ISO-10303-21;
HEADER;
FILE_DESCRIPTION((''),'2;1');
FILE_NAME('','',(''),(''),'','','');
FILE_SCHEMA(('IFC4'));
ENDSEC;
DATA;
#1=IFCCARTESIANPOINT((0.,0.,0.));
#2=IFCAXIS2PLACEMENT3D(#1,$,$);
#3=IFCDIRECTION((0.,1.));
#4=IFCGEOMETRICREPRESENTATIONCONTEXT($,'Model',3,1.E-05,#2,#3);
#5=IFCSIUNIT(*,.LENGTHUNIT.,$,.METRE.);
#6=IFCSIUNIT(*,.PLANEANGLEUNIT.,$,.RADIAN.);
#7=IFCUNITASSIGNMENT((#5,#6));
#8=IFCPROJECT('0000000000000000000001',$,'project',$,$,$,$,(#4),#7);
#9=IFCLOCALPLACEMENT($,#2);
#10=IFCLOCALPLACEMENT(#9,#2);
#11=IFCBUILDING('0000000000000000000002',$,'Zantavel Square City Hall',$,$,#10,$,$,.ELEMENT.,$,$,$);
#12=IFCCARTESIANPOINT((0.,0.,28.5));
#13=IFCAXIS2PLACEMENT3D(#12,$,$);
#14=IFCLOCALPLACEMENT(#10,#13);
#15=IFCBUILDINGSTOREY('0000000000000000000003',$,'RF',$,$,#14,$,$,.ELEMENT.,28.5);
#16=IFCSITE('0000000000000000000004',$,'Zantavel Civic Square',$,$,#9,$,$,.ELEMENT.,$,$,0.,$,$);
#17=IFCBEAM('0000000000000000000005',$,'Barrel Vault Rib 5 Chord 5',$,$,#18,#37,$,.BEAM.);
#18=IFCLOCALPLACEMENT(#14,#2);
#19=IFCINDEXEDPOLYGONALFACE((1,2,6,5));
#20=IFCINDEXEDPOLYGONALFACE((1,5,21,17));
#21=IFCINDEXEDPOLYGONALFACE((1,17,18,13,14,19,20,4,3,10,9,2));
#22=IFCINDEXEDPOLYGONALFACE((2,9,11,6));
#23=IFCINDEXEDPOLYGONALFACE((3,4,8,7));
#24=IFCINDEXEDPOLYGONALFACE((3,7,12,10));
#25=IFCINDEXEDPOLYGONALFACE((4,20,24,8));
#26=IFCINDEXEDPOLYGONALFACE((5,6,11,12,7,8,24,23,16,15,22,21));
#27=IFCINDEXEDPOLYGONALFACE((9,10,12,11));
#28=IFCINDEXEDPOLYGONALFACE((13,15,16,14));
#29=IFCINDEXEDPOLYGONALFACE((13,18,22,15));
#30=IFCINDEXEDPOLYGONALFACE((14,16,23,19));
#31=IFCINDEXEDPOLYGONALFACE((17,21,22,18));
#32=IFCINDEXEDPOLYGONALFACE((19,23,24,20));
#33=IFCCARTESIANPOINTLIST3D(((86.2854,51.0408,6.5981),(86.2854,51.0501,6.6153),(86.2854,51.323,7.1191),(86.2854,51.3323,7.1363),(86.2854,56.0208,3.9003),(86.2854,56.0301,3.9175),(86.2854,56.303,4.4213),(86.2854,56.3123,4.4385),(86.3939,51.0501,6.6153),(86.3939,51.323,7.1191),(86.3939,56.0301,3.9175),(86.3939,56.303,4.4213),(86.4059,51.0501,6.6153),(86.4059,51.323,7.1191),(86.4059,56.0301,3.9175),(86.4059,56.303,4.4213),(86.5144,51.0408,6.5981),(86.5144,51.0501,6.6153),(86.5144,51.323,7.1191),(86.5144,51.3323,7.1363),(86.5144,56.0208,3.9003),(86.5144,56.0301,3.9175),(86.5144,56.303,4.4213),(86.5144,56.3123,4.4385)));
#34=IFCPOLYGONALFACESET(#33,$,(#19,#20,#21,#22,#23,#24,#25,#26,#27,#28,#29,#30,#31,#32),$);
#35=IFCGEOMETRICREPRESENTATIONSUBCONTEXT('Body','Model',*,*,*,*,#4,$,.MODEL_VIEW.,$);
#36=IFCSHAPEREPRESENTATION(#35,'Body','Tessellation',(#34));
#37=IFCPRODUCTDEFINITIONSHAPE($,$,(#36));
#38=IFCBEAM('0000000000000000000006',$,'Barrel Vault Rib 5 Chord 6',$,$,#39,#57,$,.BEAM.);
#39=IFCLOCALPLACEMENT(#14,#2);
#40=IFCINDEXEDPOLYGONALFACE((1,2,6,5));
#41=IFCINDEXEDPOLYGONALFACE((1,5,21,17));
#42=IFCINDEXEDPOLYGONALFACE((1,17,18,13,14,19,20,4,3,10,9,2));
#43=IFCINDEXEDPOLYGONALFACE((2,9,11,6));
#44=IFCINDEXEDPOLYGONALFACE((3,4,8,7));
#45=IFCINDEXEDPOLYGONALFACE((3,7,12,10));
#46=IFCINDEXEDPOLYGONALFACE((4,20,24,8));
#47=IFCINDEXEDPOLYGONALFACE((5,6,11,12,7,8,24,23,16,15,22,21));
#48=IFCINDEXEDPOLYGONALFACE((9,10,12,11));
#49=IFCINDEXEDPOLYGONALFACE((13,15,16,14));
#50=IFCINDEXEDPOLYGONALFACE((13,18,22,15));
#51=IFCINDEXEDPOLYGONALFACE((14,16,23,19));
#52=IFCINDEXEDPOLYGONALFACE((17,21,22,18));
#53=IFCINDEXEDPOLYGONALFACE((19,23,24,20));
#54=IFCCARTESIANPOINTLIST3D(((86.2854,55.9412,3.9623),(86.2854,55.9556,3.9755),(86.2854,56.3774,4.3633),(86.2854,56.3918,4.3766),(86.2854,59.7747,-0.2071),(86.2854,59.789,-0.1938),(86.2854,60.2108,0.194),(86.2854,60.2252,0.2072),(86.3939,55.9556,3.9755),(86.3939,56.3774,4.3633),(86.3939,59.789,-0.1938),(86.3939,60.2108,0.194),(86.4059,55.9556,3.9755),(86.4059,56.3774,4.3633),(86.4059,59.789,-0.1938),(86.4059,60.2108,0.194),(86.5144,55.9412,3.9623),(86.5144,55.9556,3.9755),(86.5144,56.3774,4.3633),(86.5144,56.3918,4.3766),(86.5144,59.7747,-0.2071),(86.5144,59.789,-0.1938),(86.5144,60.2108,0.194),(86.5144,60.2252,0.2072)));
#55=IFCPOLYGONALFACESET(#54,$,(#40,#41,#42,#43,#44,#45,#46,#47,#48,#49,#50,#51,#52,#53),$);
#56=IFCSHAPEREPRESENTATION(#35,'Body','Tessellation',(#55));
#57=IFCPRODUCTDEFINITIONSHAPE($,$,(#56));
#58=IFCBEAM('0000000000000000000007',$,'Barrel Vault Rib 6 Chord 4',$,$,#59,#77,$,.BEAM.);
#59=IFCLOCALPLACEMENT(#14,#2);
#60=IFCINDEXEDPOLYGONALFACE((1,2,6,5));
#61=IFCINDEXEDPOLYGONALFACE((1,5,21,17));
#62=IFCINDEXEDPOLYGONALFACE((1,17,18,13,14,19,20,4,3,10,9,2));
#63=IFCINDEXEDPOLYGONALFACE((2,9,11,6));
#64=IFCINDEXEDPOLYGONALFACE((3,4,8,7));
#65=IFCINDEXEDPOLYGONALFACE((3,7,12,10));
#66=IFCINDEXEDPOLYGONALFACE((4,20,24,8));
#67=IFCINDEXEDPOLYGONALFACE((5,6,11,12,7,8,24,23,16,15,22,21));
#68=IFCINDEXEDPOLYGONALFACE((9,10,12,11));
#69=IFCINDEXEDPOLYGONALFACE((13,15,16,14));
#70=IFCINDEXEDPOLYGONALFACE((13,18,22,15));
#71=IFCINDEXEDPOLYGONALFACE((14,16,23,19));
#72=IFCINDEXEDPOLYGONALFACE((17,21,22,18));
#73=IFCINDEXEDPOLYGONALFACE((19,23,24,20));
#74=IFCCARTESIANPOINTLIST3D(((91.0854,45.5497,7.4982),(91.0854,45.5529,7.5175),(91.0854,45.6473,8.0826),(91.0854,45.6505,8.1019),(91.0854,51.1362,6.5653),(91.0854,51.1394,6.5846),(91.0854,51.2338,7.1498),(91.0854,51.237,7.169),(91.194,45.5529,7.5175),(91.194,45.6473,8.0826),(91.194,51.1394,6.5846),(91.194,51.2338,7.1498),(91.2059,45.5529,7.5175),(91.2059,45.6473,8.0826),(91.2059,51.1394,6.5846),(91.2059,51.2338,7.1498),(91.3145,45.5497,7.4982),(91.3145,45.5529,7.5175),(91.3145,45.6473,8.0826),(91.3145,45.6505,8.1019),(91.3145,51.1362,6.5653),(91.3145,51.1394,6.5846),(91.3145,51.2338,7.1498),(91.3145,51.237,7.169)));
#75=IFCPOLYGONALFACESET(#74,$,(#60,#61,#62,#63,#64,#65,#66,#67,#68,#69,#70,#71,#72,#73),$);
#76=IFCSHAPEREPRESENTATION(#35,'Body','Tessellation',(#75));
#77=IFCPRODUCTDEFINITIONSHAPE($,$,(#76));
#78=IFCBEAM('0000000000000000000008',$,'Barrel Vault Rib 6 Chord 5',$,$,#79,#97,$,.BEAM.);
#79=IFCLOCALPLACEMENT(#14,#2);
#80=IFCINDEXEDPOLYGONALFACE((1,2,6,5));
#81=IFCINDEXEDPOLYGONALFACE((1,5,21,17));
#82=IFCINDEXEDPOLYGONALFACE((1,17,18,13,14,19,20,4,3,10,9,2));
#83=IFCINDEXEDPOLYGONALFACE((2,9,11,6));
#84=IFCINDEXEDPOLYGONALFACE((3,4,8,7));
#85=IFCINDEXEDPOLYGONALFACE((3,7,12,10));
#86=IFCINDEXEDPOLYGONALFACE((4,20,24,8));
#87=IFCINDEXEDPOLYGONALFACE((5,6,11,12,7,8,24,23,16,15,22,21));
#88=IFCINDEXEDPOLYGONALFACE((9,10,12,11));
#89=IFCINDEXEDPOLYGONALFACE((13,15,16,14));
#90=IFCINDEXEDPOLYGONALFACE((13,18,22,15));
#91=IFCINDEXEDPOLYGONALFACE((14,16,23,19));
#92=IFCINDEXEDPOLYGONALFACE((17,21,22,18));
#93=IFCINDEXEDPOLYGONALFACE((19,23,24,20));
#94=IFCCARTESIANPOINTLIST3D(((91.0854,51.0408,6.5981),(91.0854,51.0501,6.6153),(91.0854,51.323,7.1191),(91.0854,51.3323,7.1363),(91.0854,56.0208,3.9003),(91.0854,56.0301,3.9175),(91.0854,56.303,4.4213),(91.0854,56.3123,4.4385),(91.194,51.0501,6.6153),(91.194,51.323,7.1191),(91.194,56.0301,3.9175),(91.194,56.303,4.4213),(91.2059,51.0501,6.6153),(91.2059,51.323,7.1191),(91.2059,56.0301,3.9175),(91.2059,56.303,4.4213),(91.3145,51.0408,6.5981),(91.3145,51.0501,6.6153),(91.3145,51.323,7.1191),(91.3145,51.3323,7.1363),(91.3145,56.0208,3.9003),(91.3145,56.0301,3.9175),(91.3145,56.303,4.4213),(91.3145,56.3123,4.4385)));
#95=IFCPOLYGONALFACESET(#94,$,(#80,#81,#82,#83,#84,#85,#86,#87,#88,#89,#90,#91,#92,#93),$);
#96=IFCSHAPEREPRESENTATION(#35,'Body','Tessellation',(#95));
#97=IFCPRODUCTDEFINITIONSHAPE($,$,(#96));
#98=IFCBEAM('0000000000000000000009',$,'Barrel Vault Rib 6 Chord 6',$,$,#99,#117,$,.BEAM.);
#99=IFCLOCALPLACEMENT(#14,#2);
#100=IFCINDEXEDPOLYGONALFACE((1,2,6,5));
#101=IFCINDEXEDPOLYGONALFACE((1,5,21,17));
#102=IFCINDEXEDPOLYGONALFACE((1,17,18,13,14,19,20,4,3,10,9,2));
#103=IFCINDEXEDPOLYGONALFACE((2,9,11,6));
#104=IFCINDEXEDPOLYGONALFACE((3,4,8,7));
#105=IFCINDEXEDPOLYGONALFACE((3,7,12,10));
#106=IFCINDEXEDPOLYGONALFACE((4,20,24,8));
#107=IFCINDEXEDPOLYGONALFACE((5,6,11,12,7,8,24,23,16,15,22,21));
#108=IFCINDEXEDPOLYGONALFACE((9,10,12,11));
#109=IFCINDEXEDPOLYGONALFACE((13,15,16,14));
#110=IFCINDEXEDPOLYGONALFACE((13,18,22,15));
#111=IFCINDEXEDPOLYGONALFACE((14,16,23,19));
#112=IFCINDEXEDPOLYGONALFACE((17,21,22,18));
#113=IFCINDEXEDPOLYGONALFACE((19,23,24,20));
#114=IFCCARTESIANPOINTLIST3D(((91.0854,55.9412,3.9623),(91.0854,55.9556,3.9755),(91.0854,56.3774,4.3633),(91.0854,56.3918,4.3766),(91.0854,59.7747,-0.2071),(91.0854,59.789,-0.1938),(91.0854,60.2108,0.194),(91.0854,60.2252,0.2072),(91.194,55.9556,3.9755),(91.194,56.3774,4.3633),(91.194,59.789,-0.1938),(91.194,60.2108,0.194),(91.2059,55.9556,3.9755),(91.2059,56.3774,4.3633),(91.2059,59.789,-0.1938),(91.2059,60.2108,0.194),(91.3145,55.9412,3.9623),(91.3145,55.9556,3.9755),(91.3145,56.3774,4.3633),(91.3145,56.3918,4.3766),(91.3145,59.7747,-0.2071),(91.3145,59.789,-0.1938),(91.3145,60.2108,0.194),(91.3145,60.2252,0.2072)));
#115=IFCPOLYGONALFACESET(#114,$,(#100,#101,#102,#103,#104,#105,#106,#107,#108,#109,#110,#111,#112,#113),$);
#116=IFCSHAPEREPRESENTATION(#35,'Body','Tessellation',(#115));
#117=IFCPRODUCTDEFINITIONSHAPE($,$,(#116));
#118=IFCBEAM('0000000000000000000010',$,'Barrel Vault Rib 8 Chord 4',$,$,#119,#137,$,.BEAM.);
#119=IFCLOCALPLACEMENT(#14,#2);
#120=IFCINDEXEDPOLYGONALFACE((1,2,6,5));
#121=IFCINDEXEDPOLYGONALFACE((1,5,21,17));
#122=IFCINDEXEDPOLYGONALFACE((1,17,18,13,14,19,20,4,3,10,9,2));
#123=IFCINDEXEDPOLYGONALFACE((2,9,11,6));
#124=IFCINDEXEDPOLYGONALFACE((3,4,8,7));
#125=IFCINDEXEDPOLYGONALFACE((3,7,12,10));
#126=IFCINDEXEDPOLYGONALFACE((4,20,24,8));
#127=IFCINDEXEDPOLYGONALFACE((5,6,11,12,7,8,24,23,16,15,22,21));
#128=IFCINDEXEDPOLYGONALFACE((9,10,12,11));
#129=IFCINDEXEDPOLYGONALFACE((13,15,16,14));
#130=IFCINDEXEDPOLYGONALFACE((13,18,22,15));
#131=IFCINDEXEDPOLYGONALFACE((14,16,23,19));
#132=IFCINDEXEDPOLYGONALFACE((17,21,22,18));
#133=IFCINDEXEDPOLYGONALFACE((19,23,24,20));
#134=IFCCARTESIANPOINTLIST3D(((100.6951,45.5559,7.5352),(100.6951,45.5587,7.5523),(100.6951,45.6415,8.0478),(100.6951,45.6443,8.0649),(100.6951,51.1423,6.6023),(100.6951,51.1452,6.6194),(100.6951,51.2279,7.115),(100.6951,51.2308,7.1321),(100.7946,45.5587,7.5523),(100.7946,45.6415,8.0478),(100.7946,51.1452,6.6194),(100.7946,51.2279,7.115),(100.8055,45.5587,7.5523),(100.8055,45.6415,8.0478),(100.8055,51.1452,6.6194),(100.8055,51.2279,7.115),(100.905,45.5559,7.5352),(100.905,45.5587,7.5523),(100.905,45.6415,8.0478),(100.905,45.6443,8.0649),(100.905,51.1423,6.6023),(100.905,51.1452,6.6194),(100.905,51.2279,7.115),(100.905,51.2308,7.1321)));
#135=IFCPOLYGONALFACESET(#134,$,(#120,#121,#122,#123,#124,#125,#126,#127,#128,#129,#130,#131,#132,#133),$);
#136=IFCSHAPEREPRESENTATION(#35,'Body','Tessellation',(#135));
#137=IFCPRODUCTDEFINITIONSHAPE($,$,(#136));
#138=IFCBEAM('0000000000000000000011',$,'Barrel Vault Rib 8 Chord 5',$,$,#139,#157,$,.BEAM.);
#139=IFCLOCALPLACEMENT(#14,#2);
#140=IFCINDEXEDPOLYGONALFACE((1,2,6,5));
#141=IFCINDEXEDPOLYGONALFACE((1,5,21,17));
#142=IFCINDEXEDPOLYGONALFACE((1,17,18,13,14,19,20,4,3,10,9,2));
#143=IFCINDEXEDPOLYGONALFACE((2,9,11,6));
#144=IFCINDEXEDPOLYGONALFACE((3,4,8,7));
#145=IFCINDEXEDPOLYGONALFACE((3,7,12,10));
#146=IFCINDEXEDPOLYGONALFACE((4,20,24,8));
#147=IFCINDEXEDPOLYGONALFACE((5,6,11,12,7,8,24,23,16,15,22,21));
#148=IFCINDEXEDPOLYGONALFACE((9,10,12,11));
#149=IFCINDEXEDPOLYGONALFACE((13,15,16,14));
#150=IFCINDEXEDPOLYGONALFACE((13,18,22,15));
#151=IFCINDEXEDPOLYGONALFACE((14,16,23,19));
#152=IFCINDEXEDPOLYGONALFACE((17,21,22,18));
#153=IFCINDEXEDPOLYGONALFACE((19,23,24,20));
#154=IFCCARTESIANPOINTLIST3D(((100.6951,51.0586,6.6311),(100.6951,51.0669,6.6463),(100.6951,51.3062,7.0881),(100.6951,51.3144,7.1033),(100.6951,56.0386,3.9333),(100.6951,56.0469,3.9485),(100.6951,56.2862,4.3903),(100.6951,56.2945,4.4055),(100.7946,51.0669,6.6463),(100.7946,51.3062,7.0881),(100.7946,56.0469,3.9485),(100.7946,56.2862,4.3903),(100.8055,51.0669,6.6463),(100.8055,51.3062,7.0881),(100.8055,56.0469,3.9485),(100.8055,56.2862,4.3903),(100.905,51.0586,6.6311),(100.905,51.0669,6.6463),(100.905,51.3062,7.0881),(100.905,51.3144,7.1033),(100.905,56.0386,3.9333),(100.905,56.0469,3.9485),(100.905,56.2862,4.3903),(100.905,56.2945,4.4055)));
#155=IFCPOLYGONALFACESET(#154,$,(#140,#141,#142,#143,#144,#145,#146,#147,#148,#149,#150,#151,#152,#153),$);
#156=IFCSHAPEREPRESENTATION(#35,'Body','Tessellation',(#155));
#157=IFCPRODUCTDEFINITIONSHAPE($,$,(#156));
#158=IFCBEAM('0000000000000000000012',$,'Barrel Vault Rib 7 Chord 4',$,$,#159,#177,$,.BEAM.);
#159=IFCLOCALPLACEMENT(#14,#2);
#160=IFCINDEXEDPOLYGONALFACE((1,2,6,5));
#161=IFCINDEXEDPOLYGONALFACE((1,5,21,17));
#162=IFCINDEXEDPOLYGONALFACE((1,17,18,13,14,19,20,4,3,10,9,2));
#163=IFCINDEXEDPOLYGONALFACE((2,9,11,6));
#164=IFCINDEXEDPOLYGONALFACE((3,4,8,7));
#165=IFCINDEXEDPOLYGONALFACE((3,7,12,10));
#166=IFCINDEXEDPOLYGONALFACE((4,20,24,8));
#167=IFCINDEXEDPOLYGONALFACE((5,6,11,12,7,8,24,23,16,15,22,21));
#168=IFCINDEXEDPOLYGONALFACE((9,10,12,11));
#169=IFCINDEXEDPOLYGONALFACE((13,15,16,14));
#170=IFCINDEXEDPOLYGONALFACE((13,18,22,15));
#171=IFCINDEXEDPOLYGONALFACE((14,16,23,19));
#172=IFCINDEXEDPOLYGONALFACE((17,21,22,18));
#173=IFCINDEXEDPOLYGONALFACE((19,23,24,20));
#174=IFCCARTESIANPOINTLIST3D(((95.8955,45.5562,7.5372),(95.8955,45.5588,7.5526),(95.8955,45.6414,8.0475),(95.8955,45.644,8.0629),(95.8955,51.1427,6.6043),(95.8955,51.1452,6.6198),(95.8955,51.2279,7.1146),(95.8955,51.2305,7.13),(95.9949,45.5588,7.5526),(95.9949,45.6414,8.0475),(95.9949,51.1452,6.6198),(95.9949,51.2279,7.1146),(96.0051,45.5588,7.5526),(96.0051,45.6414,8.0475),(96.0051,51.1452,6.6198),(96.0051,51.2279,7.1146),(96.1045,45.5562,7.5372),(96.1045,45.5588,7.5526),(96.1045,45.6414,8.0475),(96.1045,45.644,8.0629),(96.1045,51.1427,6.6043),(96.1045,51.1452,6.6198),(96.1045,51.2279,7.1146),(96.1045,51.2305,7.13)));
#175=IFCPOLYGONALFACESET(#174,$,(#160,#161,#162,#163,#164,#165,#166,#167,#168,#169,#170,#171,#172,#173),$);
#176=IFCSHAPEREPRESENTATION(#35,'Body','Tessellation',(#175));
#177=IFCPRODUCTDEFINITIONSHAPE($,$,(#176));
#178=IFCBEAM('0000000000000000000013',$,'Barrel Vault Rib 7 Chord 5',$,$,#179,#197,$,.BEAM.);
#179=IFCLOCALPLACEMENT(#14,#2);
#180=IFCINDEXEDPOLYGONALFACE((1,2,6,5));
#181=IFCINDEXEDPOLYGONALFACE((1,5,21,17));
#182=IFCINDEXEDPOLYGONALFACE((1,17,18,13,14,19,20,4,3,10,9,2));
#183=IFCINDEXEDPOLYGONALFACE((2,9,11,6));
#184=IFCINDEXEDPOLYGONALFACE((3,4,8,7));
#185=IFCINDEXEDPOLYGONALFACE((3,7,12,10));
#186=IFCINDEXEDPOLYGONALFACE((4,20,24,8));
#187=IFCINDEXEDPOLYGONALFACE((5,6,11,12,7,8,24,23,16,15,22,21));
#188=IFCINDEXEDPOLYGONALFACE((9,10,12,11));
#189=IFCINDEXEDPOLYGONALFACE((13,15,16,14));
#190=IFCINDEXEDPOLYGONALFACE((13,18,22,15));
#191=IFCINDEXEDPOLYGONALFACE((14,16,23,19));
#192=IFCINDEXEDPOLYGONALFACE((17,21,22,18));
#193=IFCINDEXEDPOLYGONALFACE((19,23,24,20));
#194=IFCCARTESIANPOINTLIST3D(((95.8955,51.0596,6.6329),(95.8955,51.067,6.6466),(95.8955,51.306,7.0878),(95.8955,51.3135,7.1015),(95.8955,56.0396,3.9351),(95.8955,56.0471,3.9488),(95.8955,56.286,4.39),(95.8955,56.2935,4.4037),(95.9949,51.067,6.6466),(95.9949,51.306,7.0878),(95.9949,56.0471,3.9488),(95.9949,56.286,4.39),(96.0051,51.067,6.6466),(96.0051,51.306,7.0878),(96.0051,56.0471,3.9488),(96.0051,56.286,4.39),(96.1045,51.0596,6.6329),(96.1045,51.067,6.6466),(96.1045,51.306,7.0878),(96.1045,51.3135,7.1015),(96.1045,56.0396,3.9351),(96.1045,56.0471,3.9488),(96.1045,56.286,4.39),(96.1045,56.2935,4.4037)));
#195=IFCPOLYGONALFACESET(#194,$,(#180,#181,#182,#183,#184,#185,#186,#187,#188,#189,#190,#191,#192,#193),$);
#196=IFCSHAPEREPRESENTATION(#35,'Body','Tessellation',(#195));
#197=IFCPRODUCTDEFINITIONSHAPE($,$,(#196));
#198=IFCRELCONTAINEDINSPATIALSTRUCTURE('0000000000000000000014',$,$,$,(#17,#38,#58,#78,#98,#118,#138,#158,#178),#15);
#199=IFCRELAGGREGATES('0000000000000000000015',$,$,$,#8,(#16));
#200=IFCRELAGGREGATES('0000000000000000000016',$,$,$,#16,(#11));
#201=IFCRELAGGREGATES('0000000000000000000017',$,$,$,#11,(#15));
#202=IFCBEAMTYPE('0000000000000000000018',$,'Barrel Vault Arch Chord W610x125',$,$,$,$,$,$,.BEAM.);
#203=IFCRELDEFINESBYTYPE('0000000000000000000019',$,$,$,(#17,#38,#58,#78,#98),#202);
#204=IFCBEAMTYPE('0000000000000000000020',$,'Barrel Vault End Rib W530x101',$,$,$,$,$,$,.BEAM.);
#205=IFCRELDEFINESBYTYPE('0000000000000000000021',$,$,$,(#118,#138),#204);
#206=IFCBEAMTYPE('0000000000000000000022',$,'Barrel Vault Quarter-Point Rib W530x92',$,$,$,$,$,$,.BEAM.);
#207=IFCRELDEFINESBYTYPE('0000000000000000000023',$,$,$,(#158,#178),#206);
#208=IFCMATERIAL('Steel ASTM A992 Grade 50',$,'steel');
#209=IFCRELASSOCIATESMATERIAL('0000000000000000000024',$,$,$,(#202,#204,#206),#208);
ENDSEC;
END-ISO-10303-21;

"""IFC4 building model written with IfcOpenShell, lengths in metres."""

from ifc_helpers import new_model, si_unit, direction, frame, origin, origin_2d, place, context, subcontext, project, spatial, i_section, extrude, material, material_profile, profile_set, type_object, element, save


model = new_model("IFC4")

# Units and contexts
model_context = context("Model", 3, precision=1e-05, world=origin(), true_north=direction((0.0, 1.0)))
body_context = subcontext(model_context, "Body", "Model", "MODEL_VIEW")
ifc_project = project(units=[si_unit("LENGTHUNIT", "METRE"), si_unit("PLANEANGLEUNIT", "RADIAN")], contexts=[model_context])

# Site, building, storey
site_placement = place(None, origin())
site = spatial("IfcSite", under=ifc_project, at=site_placement, Name="Zantavel Civic Square", CompositionType="ELEMENT", RefElevation=0.0)
building_placement = place(site_placement, origin())
building = spatial("IfcBuilding", under=site, at=building_placement, Name="Zantavel Square City Hall", CompositionType="ELEMENT")
storey_placement = place(building_placement, frame((0.0, 0.0, 28.5)))
storey = spatial("IfcBuildingStorey", under=building, at=storey_placement, Name="RF", CompositionType="ELEMENT", Elevation=28.5)

# Beams
ifc_material_1 = material(Name="Steel ASTM A992 Grade 50", Category="steel")
ifc_material_profile_1 = material_profile(ifc_material_1, i_section(OverallWidth=0.229, OverallDepth=0.6121, WebThickness=0.012, FlangeThickness=0.0195, at=origin_2d()), Name="W610x125")
ifc_profile_set_1 = profile_set([ifc_material_profile_1], Name="Steel ASTM A992 Grade 50")
beam_type_1 = type_object("IfcBeamType", Name="Barrel Vault Arch Chord W610x125", PredefinedType="BEAM", material=ifc_profile_set_1)
for number, where, z_axis, x_axis, name in (
    (1, (86.3999, 51.1865, 6.8672), (0.0, 0.879272, -0.476319), (-1.0, 0.0, 0.0), "Barrel Vault Rib 5 Chord 5"),
    (2, (86.3999, 56.1665, 4.1694), (0.0, 0.676829, -0.736141), (-1.0, 0.0, 0.0), "Barrel Vault Rib 5 Chord 6"),
    (3, (91.2, 45.6001, 7.8), (0.0, 0.986343, -0.164707), (-1.0, 0.0, 0.0), "Barrel Vault Rib 6 Chord 4"),
    (4, (91.2, 51.1865, 6.8672), (0.0, 0.879272, -0.476319), (-1.0, 0.0, 0.0), "Barrel Vault Rib 6 Chord 5"),
    (5, (91.2, 56.1665, 4.1694), (0.0, 0.676829, -0.736141), (-1.0, 0.0, 0.0), "Barrel Vault Rib 6 Chord 6"),
):
    element("IfcBeam", number, at=place(storey_placement, frame(where, z_axis=z_axis, x_axis=x_axis)), inside=storey, type_object=beam_type_1, Name=name, PredefinedType="BEAM", context=body_context, shape_type="SweptSolid", body=[
        extrude(i_section(OverallWidth=0.229, OverallDepth=0.6121, WebThickness=0.012, FlangeThickness=0.0195, at=origin_2d()), origin(), (0.0, 0.0, 1.0), 5.6638),
    ])
ifc_material_profile_2 = material_profile(ifc_material_1, i_section(OverallWidth=0.21, OverallDepth=0.5371, WebThickness=0.011, FlangeThickness=0.0173, at=origin_2d()), Name="W530x101")
ifc_profile_set_2 = profile_set([ifc_material_profile_2], Name="Steel ASTM A992 Grade 50")
beam_type_2 = type_object("IfcBeamType", Name="Barrel Vault End Rib W530x101", PredefinedType="BEAM", material=ifc_profile_set_2)
for number, where, z_axis, x_axis, name in (
    (6, (100.8, 45.6001, 7.8), (0.0, 0.986343, -0.164707), (-1.0, 0.0, 0.0), "Barrel Vault Rib 8 Chord 4"),
    (7, (100.8, 51.1865, 6.8672), (0.0, 0.879272, -0.476319), (-1.0, 0.0, 0.0), "Barrel Vault Rib 8 Chord 5"),
):
    element("IfcBeam", number, at=place(storey_placement, frame(where, z_axis=z_axis, x_axis=x_axis)), inside=storey, type_object=beam_type_2, Name=name, PredefinedType="BEAM", context=body_context, shape_type="SweptSolid", body=[
        extrude(i_section(OverallWidth=0.21, OverallDepth=0.5371, WebThickness=0.011, FlangeThickness=0.0173, at=origin_2d()), origin(), (0.0, 0.0, 1.0), 5.6638),
    ])
ifc_material_profile_3 = material_profile(ifc_material_1, i_section(OverallWidth=0.209, OverallDepth=0.533, WebThickness=0.0103, FlangeThickness=0.0156, at=origin_2d()), Name="W530x92")
ifc_profile_set_3 = profile_set([ifc_material_profile_3], Name="Steel ASTM A992 Grade 50")
beam_type_3 = type_object("IfcBeamType", Name="Barrel Vault Quarter-Point Rib W530x92", PredefinedType="BEAM", material=ifc_profile_set_3)
for number, where, z_axis, x_axis, name in (
    (8, (96.0, 45.6001, 7.8), (0.0, 0.986343, -0.164707), (-1.0, 0.0, 0.0), "Barrel Vault Rib 7 Chord 4"),
    (9, (96.0, 51.1865, 6.8672), (0.0, 0.879272, -0.476319), (-1.0, 0.0, 0.0), "Barrel Vault Rib 7 Chord 5"),
):
    element("IfcBeam", number, at=place(storey_placement, frame(where, z_axis=z_axis, x_axis=x_axis)), inside=storey, type_object=beam_type_3, Name=name, PredefinedType="BEAM", context=body_context, shape_type="SweptSolid", body=[
        extrude(i_section(OverallWidth=0.209, OverallDepth=0.533, WebThickness=0.0103, FlangeThickness=0.0156, at=origin_2d()), origin(), (0.0, 0.0, 1.0), 5.6638),
    ])

save(model, "model.ifc")
